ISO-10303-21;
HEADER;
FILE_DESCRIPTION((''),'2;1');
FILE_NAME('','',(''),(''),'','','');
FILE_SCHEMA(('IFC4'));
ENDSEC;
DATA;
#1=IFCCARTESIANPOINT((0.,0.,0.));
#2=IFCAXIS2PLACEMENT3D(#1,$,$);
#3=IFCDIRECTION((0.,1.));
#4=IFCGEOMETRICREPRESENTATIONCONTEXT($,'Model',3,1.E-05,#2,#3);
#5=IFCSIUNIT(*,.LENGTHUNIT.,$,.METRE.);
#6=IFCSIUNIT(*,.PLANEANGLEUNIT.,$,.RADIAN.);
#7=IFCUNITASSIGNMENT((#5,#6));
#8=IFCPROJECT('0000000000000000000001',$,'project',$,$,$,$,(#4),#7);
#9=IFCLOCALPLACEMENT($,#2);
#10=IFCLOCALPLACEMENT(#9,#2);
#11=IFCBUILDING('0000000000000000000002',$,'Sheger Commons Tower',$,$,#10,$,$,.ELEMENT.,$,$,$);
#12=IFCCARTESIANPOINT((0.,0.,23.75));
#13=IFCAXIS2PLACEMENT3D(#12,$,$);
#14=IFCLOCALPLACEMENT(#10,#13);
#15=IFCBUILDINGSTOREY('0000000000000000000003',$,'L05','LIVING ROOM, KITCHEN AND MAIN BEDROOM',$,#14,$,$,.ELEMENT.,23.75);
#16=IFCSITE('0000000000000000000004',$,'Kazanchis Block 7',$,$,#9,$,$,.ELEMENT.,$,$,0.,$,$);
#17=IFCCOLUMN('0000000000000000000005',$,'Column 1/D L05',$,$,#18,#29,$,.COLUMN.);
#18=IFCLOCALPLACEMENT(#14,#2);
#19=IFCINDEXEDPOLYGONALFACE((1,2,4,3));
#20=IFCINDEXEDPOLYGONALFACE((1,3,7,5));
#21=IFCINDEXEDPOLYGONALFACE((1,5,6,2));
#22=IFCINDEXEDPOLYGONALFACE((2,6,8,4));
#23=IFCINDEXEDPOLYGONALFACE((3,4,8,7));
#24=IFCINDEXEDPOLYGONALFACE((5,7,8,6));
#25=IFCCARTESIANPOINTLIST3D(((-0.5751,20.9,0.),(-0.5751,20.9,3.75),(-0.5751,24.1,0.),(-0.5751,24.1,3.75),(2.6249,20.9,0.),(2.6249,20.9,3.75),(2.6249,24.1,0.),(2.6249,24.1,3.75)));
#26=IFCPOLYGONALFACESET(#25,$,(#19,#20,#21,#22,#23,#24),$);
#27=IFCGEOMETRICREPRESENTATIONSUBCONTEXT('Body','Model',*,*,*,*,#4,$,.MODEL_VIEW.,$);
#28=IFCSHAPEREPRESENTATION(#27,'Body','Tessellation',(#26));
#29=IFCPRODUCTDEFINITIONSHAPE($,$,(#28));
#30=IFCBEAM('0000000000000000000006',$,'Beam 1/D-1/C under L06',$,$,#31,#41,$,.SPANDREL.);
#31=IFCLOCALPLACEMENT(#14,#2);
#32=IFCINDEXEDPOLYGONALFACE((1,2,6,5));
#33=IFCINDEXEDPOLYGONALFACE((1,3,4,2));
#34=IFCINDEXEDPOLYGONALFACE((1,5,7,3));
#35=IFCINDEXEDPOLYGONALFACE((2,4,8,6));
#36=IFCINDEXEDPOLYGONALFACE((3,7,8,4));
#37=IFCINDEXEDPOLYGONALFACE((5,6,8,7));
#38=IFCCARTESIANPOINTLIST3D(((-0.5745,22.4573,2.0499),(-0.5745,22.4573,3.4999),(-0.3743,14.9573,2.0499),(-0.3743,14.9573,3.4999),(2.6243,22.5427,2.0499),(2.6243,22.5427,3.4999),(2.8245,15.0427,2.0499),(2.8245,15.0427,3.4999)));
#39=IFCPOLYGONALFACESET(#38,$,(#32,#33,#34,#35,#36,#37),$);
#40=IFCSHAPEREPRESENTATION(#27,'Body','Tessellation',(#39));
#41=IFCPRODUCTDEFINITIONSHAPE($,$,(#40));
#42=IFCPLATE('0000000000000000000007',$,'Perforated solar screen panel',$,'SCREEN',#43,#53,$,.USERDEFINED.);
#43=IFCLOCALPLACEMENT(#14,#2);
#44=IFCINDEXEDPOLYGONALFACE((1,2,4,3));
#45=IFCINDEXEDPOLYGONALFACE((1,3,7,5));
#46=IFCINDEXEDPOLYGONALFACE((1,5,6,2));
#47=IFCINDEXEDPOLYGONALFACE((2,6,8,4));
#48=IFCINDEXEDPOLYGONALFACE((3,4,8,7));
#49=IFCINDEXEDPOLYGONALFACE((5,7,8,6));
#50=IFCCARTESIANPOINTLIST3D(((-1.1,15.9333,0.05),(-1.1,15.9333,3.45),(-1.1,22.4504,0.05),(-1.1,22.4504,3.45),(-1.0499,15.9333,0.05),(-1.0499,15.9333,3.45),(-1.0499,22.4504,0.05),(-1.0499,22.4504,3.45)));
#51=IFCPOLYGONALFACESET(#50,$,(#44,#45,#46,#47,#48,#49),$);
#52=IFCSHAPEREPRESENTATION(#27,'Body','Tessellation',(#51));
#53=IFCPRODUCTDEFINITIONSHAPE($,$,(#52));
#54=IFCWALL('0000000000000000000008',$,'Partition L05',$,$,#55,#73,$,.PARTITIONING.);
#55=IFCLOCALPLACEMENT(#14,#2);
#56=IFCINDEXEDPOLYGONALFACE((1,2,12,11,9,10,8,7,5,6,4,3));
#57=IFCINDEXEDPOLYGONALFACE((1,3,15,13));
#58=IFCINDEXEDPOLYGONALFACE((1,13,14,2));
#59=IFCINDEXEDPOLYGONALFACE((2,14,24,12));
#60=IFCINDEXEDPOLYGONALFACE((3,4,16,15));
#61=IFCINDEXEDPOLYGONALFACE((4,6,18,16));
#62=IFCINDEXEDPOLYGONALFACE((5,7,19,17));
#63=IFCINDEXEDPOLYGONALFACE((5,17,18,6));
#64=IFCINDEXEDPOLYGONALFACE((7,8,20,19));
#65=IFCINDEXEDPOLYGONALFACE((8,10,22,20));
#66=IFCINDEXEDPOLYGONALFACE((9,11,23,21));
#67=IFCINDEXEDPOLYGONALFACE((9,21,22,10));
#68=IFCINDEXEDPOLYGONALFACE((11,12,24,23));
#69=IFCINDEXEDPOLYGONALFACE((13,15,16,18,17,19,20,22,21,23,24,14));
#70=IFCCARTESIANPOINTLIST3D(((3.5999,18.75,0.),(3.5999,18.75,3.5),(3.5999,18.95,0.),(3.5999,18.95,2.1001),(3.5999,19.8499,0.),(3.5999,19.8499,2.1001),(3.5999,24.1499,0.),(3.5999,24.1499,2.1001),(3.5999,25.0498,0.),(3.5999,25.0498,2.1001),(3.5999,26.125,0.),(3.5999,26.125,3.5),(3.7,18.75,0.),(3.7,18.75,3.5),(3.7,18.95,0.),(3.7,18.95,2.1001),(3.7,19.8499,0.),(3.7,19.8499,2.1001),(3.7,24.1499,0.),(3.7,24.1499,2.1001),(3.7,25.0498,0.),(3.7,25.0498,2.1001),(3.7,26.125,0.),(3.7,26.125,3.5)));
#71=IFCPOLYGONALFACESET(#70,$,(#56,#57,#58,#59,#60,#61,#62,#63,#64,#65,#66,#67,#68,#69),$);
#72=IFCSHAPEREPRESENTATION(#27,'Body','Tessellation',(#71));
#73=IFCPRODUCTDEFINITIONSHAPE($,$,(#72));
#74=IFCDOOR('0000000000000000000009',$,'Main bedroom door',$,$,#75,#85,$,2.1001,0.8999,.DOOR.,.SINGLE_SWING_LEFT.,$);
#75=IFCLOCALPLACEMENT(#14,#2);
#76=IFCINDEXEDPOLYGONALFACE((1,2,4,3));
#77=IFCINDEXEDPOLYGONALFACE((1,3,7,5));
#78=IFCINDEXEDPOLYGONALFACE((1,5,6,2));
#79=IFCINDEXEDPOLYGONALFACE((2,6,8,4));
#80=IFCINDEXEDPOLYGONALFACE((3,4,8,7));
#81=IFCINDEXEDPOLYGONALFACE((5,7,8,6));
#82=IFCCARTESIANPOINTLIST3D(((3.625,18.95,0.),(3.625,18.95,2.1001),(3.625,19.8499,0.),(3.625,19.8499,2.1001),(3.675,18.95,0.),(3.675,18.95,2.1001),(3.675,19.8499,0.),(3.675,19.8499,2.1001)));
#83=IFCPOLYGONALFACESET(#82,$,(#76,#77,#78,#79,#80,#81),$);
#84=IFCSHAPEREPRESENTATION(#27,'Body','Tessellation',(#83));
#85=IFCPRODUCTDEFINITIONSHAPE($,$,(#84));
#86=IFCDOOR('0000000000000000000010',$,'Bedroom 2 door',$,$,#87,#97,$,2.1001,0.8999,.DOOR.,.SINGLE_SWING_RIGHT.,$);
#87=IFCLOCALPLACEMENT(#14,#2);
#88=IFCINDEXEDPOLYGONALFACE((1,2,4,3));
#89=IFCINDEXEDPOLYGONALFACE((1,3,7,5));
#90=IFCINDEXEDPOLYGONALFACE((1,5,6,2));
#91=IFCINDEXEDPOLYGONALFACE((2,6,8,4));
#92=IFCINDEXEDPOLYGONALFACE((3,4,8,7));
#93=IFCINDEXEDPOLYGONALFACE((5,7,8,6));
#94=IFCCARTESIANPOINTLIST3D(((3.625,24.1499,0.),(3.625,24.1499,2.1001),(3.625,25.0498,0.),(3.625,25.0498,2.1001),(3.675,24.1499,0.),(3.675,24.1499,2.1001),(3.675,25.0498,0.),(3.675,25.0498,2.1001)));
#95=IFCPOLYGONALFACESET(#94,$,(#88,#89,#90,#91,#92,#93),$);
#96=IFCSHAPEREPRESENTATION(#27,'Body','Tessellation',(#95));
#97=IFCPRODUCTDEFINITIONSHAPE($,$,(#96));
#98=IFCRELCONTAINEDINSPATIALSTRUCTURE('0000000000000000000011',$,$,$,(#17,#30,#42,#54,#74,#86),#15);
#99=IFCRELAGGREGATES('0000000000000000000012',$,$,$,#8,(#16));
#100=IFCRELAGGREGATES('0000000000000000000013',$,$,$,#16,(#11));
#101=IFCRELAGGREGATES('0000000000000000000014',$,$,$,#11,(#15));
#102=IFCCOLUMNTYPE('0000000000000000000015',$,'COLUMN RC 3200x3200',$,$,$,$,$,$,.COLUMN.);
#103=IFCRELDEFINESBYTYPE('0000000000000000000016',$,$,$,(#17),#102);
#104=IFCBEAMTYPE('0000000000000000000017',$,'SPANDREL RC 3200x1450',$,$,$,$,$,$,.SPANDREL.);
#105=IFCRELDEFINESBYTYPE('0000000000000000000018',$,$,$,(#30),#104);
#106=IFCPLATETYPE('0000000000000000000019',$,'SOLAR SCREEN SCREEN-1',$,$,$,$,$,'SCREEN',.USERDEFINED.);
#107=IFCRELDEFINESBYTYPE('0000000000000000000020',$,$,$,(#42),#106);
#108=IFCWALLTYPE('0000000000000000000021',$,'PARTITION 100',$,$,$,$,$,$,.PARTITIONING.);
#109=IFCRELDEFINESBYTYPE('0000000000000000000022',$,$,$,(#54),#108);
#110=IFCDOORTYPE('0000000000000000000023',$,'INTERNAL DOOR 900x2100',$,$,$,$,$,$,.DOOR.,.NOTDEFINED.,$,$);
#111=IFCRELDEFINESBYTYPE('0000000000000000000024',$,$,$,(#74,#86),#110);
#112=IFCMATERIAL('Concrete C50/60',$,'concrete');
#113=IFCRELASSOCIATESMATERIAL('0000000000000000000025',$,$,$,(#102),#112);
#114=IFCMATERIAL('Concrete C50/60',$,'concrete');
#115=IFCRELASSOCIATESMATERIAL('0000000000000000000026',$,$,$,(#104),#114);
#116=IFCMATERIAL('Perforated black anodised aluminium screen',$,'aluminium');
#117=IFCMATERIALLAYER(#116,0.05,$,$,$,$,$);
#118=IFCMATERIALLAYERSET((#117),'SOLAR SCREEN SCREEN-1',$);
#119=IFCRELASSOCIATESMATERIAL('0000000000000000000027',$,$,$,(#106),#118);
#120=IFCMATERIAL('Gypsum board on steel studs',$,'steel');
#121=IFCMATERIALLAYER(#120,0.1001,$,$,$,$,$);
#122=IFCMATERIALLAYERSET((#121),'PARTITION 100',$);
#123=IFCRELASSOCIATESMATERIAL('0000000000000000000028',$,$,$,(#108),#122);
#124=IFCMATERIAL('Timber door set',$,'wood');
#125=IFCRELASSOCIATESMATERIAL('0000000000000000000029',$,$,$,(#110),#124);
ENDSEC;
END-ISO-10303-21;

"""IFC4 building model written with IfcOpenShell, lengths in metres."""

from ifc_helpers import new_model, si_unit, direction, frame, frame_2d, origin, origin_2d, place, context, subcontext, project, spatial, rectangle, extrude, material, layer, layer_set, material_profile, profile_set, type_object, element, fill, save


model = new_model("IFC4")

# Units and contexts
model_context = context("Model", 3, precision=1e-05, world=origin(), true_north=direction((0.0, 1.0)))
body_context = subcontext(model_context, "Body", "Model", "MODEL_VIEW")
ifc_project = project(units=[si_unit("LENGTHUNIT", "METRE"), si_unit("PLANEANGLEUNIT", "RADIAN")], contexts=[model_context])

# Site, building, storey
site_placement = place(None, origin())
site = spatial("IfcSite", under=ifc_project, at=site_placement, Name="Kazanchis Block 7", CompositionType="ELEMENT", RefElevation=0.0)
building_placement = place(site_placement, origin())
building = spatial("IfcBuilding", under=site, at=building_placement, Name="Sheger Commons Tower", CompositionType="ELEMENT")
storey_placement = place(building_placement, frame((0.0, 0.0, 23.75)))
storey = spatial("IfcBuildingStorey", under=building, at=storey_placement, Name="L05", Description="LIVING ROOM, KITCHEN AND MAIN BEDROOM", CompositionType="ELEMENT", Elevation=23.75)

# Column
ifc_material_1 = material(Name="Concrete C50/60", Category="concrete")
ifc_material_profile_1 = material_profile(ifc_material_1, rectangle(XDim=3.2, YDim=3.2, at=origin_2d()), Name="RC 3200x3200")
ifc_profile_set_1 = profile_set([ifc_material_profile_1], Name="Concrete C50/60")
column_type = type_object("IfcColumnType", Name="COLUMN RC 3200x3200", PredefinedType="COLUMN", material=ifc_profile_set_1)
column_placement = place(storey_placement, frame((1.0249, 22.5, 0.0), z_axis=(0.0, 0.0, 1.0), x_axis=(1.0, 0.0, 0.0)))
element("IfcColumn", 1, at=column_placement, inside=storey, type_object=column_type, Name="Column 1/D L05", PredefinedType="COLUMN", context=body_context, shape_type="SweptSolid", body=[
    extrude(rectangle(XDim=3.2, YDim=3.2, at=origin_2d()), origin(), (0.0, 0.0, 1.0), 3.75),
])

# Beam
ifc_material_2 = material(Name="Concrete C50/60", Category="concrete")
ifc_material_profile_2 = material_profile(ifc_material_2, rectangle(XDim=3.2, YDim=1.45, at=origin_2d()), Name="RC 3200x1450")
ifc_profile_set_2 = profile_set([ifc_material_profile_2], Name="Concrete C50/60")
beam_type = type_object("IfcBeamType", Name="SPANDREL RC 3200x1450", PredefinedType="SPANDREL", material=ifc_profile_set_2)
beam_placement = place(storey_placement, frame((1.0249, 22.5, 2.7749), z_axis=(0.026683, -0.999644, 0.0), x_axis=(0.999644, 0.026683, 0.0)))
element("IfcBeam", 2, at=beam_placement, inside=storey, type_object=beam_type, Name="Beam 1/D-1/C under L06", PredefinedType="SPANDREL", context=body_context, shape_type="SweptSolid", body=[
    extrude(rectangle(XDim=3.2, YDim=1.45, at=origin_2d()), origin(), (0.0, 0.0, 1.0), 7.5027),
])

# Plate
ifc_material_3 = material(Name="Perforated black anodised aluminium screen", Category="aluminium")
ifc_layer_1 = layer(ifc_material_3, 0.05)
ifc_layer_set_1 = layer_set([ifc_layer_1], Name="SOLAR SCREEN SCREEN-1")
plate_type = type_object("IfcPlateType", Name="SOLAR SCREEN SCREEN-1", ElementType="SCREEN", PredefinedType="USERDEFINED", material=ifc_layer_set_1)
plate_placement = place(storey_placement, frame((-1.075, 19.1919, 0.05), z_axis=(0.0, 0.0, 1.0), x_axis=(0.0, -1.0, 0.0)))
element("IfcPlate", 3, at=plate_placement, inside=storey, type_object=plate_type, Name="Perforated solar screen panel", ObjectType="SCREEN", PredefinedType="USERDEFINED", context=body_context, shape_type="SweptSolid", body=[
    extrude(rectangle(XDim=6.5171, YDim=0.05, at=origin_2d()), origin(), (0.0, 0.0, 1.0), 3.3999),
])

# Wall, openings, doors
ifc_material_4 = material(Name="Gypsum board on steel studs", Category="steel")
ifc_layer_2 = layer(ifc_material_4, 0.1001)
ifc_layer_set_2 = layer_set([ifc_layer_2], Name="PARTITION 100")
wall_type = type_object("IfcWallType", Name="PARTITION 100", PredefinedType="PARTITIONING", material=ifc_layer_set_2)
wall_1_placement = place(storey_placement, frame((3.6499, 18.75, 0.0), z_axis=(0.0, 0.0, 1.0), x_axis=(0.0, 1.0, 0.0)))
wall_1 = element("IfcWall", 4, at=wall_1_placement, inside=storey, type_object=wall_type, Name="Partition L05", PredefinedType="PARTITIONING", context=body_context, shape_type="SweptSolid", body=[
    extrude(rectangle(XDim=7.375, YDim=0.1001, at=frame_2d((3.6875, 0.0))), origin(), (0.0, 0.0, 1.0), 3.5),
])
opening_1_placement = place(wall_1_placement, frame((0.2, 0.0, 0.0)))
opening_1 = element("IfcOpeningElement", 5, at=opening_1_placement, cuts=wall_1, PredefinedType="OPENING", context=body_context, shape_type="SweptSolid", body=[
    extrude(rectangle(XDim=0.8999, YDim=2.1001, at=frame_2d((0.45, 1.05))), frame((0.0, 0.0601, 0.0), z_axis=(0.0, -1.0, 0.0), x_axis=(1.0, 0.0, 0.0)), (0.0, 0.0, 1.0), 0.1201),
])
opening_2_placement = place(wall_1_placement, frame((5.3999, 0.0, 0.0)))
opening_2 = element("IfcOpeningElement", 6, at=opening_2_placement, cuts=wall_1, PredefinedType="OPENING", context=body_context, shape_type="SweptSolid", body=[
    extrude(rectangle(XDim=0.8999, YDim=2.1001, at=frame_2d((0.45, 1.05))), frame((0.0, 0.0601, 0.0), z_axis=(0.0, -1.0, 0.0), x_axis=(1.0, 0.0, 0.0)), (0.0, 0.0, 1.0), 0.1201),
])
ifc_material_5 = material(Name="Timber door set", Category="wood")
door_type = type_object("IfcDoorType", Name="INTERNAL DOOR 900x2100", OperationType="NOTDEFINED", PredefinedType="DOOR", material=ifc_material_5)
door_1_placement = place(opening_1_placement, origin())
door_1 = element("IfcDoor", 7, at=door_1_placement, inside=storey, type_object=door_type, Name="Main bedroom door", OperationType="SINGLE_SWING_LEFT", OverallHeight=2.1001, OverallWidth=0.8999, PredefinedType="DOOR", context=body_context, shape_type="SweptSolid", body=[
    extrude(rectangle(XDim=0.8999, YDim=2.1001, at=frame_2d((0.45, 1.05))), frame((0.0, 0.0249, 0.0), z_axis=(0.0, -1.0, 0.0), x_axis=(1.0, 0.0, 0.0)), (0.0, 0.0, 1.0), 0.05),
])
fill(opening_1, door_1)
door_2_placement = place(opening_2_placement, origin())
door_2 = element("IfcDoor", 8, at=door_2_placement, inside=storey, type_object=door_type, Name="Bedroom 2 door", OperationType="SINGLE_SWING_RIGHT", OverallHeight=2.1001, OverallWidth=0.8999, PredefinedType="DOOR", context=body_context, shape_type="SweptSolid", body=[
    extrude(rectangle(XDim=0.8999, YDim=2.1001, at=frame_2d((0.45, 1.05))), frame((0.0, 0.0249, 0.0), z_axis=(0.0, -1.0, 0.0), x_axis=(1.0, 0.0, 0.0)), (0.0, 0.0, 1.0), 0.05),
])
fill(opening_2, door_2)

save(model, "model.ifc")
